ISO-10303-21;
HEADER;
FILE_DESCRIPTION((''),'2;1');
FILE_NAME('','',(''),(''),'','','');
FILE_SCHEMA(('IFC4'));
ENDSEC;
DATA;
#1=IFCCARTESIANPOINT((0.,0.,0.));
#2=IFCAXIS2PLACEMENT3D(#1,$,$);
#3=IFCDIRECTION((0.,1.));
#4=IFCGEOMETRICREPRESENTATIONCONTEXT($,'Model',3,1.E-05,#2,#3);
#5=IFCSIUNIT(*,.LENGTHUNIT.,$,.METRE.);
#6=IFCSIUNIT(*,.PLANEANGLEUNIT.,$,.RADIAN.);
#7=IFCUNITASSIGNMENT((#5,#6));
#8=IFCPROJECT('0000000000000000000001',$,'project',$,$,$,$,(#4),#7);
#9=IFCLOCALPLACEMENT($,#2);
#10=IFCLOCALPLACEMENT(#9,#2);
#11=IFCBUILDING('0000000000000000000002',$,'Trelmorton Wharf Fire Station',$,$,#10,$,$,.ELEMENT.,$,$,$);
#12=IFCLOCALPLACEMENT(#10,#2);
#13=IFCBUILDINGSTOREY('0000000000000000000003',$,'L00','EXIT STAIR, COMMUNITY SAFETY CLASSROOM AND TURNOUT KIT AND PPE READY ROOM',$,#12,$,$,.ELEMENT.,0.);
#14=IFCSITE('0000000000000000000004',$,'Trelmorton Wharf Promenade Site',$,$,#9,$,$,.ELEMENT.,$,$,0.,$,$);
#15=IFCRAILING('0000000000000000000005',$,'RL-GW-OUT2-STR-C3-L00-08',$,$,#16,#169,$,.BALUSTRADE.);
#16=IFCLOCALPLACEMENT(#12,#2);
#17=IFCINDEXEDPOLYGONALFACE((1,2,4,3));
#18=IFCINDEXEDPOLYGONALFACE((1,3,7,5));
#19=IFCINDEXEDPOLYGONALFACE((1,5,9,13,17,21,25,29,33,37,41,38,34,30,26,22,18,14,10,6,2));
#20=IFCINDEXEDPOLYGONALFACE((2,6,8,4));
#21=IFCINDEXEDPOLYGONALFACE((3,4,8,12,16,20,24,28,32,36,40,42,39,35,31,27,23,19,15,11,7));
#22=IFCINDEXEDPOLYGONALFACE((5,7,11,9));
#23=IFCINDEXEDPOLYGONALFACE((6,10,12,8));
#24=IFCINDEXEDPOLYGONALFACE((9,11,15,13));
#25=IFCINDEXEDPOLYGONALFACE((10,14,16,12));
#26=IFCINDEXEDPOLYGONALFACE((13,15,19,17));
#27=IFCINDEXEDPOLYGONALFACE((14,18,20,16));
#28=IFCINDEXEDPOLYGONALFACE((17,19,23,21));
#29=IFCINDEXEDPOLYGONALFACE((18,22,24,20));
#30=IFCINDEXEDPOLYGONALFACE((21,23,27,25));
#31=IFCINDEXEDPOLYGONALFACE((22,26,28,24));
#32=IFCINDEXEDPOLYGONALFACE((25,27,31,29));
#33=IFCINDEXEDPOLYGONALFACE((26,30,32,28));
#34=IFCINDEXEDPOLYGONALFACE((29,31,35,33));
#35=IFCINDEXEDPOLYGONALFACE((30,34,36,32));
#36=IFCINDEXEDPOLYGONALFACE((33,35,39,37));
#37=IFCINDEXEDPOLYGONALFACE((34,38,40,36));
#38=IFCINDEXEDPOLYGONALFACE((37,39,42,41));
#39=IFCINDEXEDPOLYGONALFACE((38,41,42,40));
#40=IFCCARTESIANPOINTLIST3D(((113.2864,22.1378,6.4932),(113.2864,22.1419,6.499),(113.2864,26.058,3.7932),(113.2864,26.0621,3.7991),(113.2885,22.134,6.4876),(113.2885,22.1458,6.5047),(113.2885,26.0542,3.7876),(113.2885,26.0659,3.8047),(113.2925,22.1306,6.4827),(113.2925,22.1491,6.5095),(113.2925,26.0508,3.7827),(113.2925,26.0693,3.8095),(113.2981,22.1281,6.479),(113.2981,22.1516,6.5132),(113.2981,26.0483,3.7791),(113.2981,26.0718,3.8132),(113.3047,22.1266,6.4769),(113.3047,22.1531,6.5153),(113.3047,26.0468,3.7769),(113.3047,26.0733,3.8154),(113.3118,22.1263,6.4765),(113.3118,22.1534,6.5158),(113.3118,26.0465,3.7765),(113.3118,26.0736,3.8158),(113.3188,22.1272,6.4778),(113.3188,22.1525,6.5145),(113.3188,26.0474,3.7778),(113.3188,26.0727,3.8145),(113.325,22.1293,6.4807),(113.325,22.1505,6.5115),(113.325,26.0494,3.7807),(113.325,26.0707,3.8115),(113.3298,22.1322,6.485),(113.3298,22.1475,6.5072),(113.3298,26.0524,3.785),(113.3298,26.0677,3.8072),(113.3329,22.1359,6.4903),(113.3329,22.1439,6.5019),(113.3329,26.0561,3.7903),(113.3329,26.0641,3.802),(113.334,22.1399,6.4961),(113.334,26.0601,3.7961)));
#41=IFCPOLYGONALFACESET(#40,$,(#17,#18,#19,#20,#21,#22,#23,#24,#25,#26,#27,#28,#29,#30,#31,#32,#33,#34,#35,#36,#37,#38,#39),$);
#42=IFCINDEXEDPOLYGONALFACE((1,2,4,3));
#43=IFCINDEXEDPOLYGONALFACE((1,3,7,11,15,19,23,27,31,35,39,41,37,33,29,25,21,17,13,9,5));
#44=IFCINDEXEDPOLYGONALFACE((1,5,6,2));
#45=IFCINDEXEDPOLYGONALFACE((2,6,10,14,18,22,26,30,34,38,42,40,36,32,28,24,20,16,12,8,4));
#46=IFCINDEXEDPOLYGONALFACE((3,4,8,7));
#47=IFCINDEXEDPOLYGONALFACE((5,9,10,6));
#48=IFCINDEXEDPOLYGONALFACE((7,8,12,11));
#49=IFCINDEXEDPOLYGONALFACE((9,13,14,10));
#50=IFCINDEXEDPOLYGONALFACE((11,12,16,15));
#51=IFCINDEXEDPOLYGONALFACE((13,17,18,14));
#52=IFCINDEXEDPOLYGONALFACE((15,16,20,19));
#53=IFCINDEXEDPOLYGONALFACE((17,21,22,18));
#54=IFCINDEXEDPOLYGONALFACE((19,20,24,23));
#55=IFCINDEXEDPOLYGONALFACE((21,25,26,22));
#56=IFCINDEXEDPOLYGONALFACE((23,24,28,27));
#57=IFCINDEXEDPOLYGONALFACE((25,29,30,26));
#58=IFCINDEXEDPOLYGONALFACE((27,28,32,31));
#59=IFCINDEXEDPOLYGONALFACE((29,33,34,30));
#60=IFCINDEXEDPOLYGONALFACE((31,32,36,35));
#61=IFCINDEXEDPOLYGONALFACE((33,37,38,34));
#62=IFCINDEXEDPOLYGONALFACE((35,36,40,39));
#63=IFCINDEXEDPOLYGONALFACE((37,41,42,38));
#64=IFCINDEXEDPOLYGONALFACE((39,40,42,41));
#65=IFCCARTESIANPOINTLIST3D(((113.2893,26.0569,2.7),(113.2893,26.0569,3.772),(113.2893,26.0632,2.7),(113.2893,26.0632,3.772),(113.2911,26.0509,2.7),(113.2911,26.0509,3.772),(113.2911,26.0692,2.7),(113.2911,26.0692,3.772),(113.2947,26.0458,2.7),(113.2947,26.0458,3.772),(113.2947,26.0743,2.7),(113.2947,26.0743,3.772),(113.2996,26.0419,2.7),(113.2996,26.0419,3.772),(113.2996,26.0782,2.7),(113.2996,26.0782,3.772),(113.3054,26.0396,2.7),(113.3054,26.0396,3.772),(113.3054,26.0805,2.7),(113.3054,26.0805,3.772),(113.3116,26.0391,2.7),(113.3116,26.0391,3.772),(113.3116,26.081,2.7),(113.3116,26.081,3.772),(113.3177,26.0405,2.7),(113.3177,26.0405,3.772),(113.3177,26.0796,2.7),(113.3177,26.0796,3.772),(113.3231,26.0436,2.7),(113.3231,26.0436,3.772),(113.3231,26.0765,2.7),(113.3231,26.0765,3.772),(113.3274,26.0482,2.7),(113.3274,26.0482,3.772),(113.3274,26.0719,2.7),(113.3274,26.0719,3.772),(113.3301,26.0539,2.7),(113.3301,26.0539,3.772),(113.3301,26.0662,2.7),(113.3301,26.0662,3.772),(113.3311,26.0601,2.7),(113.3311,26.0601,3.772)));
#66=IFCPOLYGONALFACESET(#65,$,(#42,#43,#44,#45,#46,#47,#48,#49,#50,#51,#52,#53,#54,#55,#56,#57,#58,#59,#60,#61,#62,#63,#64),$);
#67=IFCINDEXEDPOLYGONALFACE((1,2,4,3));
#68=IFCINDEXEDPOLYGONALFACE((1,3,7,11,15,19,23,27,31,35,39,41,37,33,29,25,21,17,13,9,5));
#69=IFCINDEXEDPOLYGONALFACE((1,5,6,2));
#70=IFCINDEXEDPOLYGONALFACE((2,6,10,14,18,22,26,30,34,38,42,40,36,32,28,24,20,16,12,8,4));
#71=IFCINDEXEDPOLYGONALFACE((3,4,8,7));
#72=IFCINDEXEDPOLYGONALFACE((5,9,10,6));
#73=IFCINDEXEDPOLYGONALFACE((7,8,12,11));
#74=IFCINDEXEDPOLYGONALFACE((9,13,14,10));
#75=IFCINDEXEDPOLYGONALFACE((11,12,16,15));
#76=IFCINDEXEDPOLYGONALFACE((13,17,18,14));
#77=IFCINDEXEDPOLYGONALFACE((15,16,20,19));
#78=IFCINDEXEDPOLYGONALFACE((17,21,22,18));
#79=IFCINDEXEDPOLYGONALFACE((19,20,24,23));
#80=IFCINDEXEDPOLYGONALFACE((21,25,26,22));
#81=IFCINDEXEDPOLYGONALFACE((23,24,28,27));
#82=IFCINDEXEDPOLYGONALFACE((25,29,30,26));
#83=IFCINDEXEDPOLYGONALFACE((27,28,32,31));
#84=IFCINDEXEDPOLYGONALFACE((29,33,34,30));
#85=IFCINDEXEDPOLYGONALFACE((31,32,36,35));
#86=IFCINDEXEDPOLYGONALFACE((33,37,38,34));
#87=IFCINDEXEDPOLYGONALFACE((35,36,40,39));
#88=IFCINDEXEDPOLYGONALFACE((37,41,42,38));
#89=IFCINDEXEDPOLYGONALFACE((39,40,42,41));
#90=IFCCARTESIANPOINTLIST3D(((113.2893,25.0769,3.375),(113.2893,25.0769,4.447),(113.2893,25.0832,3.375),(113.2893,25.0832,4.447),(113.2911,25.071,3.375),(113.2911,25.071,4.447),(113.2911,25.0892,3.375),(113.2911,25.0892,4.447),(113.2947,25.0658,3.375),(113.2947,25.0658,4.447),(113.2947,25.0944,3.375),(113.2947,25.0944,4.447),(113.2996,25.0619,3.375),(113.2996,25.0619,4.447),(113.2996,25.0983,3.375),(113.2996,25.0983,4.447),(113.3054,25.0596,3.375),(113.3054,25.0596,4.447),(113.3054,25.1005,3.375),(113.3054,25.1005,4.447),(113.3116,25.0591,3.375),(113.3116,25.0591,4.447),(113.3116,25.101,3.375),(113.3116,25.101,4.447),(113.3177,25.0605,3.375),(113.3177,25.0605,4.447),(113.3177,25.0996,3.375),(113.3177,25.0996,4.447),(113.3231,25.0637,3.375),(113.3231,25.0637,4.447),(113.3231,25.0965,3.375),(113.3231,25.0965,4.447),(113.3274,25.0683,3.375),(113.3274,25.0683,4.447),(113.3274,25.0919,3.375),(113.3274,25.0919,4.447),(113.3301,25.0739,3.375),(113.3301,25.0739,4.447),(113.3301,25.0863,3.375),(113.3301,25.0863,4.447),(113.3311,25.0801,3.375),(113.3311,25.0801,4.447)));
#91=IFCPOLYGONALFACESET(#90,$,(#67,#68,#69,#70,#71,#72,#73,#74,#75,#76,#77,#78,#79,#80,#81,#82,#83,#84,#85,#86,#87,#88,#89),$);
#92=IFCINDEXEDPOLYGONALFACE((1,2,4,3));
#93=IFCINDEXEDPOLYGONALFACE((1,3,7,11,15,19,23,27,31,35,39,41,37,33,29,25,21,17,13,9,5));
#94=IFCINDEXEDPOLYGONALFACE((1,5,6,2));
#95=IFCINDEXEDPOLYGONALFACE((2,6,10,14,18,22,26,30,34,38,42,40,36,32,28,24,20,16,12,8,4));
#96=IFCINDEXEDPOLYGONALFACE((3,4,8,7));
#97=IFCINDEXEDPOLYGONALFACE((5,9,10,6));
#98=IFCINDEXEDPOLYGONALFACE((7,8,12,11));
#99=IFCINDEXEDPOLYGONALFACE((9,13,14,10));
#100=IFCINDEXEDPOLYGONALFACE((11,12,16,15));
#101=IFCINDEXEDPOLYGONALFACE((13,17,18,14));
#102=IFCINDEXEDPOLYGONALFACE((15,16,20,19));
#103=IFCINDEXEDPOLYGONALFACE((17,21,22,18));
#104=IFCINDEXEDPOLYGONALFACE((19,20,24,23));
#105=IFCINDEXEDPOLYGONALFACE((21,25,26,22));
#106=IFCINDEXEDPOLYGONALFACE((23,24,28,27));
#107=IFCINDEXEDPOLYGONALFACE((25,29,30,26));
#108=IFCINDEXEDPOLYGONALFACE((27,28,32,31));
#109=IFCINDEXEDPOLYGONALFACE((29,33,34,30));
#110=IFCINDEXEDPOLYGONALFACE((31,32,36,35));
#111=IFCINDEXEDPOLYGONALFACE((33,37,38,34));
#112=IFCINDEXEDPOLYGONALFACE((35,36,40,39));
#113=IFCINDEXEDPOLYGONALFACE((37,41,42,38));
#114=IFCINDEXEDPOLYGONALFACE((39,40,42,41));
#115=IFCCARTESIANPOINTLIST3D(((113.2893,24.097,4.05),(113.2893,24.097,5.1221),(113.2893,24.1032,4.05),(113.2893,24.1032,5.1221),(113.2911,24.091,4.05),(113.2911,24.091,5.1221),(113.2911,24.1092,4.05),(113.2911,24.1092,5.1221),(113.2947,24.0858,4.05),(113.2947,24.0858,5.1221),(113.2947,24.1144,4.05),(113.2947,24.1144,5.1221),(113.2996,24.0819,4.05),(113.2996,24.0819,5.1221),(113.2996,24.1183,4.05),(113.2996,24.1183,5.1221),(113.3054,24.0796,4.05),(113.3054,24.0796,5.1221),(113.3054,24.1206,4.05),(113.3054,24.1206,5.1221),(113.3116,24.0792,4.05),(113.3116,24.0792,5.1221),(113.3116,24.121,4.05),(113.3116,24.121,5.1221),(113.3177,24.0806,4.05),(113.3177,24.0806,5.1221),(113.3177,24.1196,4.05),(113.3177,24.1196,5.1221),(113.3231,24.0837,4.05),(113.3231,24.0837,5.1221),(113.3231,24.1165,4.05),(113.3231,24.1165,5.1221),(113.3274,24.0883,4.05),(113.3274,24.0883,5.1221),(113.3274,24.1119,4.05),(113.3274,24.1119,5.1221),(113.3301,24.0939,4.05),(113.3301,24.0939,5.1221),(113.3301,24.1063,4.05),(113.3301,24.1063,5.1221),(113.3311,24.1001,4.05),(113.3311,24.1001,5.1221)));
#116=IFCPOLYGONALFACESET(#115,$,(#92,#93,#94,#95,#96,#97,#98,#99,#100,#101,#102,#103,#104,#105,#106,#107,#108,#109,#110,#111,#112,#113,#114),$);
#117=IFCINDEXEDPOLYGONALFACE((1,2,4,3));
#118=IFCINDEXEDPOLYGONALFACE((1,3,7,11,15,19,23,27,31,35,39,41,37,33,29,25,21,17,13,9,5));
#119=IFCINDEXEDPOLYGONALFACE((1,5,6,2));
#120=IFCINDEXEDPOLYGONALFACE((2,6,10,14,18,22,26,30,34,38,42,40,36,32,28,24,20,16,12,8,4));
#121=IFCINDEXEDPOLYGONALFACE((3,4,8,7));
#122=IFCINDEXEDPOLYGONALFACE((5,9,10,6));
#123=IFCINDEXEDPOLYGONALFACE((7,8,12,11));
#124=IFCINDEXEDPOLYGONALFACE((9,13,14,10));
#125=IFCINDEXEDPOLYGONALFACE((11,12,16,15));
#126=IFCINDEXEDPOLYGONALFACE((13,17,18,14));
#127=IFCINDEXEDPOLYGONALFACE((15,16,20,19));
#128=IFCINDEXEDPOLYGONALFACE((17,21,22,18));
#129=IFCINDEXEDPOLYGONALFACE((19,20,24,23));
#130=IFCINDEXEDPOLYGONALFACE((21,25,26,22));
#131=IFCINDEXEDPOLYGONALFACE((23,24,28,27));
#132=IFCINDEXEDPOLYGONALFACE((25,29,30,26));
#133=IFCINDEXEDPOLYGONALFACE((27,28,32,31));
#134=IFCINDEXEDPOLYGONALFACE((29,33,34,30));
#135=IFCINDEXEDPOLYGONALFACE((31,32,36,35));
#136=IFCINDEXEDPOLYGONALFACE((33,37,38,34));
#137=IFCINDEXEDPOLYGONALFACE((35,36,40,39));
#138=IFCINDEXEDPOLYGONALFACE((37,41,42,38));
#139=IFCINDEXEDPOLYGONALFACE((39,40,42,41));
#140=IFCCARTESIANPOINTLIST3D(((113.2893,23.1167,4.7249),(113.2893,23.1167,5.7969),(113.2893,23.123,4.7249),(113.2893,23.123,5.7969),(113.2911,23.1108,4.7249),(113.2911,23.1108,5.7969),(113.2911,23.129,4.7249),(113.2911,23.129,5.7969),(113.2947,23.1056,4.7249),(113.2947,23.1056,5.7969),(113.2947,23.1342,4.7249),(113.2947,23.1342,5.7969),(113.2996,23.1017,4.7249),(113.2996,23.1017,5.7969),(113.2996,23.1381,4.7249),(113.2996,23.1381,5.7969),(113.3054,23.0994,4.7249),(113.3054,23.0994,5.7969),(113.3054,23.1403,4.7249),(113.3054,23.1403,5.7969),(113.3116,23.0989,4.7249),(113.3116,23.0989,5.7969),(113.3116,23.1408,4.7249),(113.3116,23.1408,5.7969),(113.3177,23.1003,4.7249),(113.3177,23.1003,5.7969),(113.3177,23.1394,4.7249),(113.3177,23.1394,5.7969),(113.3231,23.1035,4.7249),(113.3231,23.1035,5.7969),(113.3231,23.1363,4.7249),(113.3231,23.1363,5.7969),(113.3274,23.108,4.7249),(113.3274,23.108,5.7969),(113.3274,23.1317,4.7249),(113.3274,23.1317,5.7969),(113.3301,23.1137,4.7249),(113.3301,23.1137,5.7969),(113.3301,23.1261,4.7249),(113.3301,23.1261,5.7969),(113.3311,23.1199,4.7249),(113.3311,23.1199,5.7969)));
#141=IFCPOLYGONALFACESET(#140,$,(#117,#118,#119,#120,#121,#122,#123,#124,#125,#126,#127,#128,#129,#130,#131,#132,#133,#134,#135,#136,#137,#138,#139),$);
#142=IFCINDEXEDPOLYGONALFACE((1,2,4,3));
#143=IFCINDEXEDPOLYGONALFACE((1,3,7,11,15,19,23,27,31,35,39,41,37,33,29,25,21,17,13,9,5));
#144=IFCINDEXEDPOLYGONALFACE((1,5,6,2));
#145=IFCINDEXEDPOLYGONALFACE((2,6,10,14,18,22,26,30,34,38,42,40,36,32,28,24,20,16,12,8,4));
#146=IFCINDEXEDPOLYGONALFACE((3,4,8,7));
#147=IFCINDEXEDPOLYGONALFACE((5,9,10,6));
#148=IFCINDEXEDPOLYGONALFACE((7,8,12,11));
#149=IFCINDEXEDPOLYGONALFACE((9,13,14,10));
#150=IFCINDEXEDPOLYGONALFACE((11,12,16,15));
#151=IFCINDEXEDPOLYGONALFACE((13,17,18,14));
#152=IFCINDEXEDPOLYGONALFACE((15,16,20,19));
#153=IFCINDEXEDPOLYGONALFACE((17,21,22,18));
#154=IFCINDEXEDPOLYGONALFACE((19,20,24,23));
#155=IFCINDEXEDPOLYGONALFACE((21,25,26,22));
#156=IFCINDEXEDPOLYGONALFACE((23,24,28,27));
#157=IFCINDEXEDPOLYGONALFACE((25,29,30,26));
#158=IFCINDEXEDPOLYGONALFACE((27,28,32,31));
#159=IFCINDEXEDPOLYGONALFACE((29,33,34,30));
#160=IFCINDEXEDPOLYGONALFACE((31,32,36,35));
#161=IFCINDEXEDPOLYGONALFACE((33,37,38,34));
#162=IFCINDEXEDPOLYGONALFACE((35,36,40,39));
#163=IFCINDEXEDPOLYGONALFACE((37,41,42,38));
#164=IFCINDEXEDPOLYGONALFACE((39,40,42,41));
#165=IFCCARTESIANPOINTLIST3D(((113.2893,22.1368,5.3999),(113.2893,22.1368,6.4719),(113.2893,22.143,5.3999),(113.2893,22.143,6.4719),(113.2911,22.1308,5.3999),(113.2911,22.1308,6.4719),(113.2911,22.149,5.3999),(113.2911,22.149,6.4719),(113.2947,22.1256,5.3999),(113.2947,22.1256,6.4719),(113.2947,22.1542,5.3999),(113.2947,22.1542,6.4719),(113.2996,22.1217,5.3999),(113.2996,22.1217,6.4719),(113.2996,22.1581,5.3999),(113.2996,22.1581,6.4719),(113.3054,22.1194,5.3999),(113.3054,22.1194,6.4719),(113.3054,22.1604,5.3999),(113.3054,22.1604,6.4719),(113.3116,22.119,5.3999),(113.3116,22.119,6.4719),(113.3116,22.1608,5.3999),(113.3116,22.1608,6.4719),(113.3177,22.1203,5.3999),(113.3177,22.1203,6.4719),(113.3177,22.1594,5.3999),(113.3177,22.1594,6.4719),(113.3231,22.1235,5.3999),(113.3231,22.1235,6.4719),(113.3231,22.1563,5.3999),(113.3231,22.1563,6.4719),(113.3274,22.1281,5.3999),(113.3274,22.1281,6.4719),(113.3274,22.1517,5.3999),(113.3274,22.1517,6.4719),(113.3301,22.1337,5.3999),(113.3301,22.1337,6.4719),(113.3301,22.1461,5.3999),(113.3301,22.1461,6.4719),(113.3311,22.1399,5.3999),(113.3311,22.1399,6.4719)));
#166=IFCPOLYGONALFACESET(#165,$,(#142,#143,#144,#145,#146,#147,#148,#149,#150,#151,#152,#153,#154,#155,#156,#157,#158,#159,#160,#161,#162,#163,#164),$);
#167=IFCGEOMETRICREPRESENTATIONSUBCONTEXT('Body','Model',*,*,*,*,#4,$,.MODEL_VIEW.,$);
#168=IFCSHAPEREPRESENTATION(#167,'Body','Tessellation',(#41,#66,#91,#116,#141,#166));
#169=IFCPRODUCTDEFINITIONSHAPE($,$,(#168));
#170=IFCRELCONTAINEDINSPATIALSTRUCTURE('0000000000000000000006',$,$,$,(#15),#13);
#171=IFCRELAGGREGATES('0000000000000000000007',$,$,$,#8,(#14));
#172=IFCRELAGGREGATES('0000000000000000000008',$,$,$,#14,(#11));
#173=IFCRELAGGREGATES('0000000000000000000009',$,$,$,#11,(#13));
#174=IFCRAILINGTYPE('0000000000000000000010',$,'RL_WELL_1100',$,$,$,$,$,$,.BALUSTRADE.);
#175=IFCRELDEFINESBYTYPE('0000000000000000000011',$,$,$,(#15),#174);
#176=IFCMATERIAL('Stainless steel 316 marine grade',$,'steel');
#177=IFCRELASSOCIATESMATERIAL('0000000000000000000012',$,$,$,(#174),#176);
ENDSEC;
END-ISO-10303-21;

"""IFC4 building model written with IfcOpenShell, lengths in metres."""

from ifc_helpers import new_model, si_unit, direction, frame, origin, origin_2d, place, context, subcontext, project, spatial, circle, extrude, material, type_object, element, save


model = new_model("IFC4")

# Units and contexts
model_context = context("Model", 3, precision=1e-05, world=origin(), true_north=direction((0.0, 1.0)))
body_context = subcontext(model_context, "Body", "Model", "MODEL_VIEW")
ifc_project = project(units=[si_unit("LENGTHUNIT", "METRE"), si_unit("PLANEANGLEUNIT", "RADIAN")], contexts=[model_context])

# Site, building, storey
site_placement = place(None, origin())
site = spatial("IfcSite", under=ifc_project, at=site_placement, Name="Trelmorton Wharf Promenade Site", CompositionType="ELEMENT", RefElevation=0.0)
building_placement = place(site_placement, origin())
building = spatial("IfcBuilding", under=site, at=building_placement, Name="Trelmorton Wharf Fire Station", CompositionType="ELEMENT")
storey_placement = place(building_placement, origin())
storey = spatial("IfcBuildingStorey", under=building, at=storey_placement, Name="L00", Description="EXIT STAIR, COMMUNITY SAFETY CLASSROOM AND TURNOUT KIT AND PPE READY ROOM", CompositionType="ELEMENT", Elevation=0.0)

# Shared definitions
ifc_material_1 = material(Name="Stainless steel 316 marine grade", Category="steel")

# Railing
railing_type = type_object("IfcRailingType", Name="RL_WELL_1100", PredefinedType="BALUSTRADE", material=ifc_material_1)
for number, where, name in (
    (1, (113.3101, 26.0601, 2.7), "RL-GW-OUT2-STR-C3-L00-08"),
):
    element("IfcRailing", number, at=place(storey_placement, frame(where)), inside=storey, type_object=railing_type, Name=name, PredefinedType="BALUSTRADE", context=body_context, shape_type="SweptSolid", body=[
        extrude(circle(Radius=0.0239, at=origin_2d()), frame((0.0, 0.0, 1.0962), z_axis=(0.0, -0.823567, 0.567219), x_axis=(1.0, 0.0, 0.0)), (0.0, 0.0, 1.0), 4.76),
        extrude(circle(Radius=0.021, at=origin_2d()), origin(), (0.0, 0.0, 1.0), 1.072),
        extrude(circle(Radius=0.021, at=origin_2d()), frame((0.0, -0.98, 0.675)), (0.0, 0.0, 1.0), 1.072),
        extrude(circle(Radius=0.021, at=origin_2d()), frame((0.0, -1.96, 1.3501)), (0.0, 0.0, 1.0), 1.072),
        extrude(circle(Radius=0.021, at=origin_2d()), frame((0.0, -2.9402, 2.0249)), (0.0, 0.0, 1.0), 1.072),
        extrude(circle(Radius=0.021, at=origin_2d()), frame((0.0, -3.9202, 2.7)), (0.0, 0.0, 1.0), 1.072),
    ])

save(model, "model.ifc")
